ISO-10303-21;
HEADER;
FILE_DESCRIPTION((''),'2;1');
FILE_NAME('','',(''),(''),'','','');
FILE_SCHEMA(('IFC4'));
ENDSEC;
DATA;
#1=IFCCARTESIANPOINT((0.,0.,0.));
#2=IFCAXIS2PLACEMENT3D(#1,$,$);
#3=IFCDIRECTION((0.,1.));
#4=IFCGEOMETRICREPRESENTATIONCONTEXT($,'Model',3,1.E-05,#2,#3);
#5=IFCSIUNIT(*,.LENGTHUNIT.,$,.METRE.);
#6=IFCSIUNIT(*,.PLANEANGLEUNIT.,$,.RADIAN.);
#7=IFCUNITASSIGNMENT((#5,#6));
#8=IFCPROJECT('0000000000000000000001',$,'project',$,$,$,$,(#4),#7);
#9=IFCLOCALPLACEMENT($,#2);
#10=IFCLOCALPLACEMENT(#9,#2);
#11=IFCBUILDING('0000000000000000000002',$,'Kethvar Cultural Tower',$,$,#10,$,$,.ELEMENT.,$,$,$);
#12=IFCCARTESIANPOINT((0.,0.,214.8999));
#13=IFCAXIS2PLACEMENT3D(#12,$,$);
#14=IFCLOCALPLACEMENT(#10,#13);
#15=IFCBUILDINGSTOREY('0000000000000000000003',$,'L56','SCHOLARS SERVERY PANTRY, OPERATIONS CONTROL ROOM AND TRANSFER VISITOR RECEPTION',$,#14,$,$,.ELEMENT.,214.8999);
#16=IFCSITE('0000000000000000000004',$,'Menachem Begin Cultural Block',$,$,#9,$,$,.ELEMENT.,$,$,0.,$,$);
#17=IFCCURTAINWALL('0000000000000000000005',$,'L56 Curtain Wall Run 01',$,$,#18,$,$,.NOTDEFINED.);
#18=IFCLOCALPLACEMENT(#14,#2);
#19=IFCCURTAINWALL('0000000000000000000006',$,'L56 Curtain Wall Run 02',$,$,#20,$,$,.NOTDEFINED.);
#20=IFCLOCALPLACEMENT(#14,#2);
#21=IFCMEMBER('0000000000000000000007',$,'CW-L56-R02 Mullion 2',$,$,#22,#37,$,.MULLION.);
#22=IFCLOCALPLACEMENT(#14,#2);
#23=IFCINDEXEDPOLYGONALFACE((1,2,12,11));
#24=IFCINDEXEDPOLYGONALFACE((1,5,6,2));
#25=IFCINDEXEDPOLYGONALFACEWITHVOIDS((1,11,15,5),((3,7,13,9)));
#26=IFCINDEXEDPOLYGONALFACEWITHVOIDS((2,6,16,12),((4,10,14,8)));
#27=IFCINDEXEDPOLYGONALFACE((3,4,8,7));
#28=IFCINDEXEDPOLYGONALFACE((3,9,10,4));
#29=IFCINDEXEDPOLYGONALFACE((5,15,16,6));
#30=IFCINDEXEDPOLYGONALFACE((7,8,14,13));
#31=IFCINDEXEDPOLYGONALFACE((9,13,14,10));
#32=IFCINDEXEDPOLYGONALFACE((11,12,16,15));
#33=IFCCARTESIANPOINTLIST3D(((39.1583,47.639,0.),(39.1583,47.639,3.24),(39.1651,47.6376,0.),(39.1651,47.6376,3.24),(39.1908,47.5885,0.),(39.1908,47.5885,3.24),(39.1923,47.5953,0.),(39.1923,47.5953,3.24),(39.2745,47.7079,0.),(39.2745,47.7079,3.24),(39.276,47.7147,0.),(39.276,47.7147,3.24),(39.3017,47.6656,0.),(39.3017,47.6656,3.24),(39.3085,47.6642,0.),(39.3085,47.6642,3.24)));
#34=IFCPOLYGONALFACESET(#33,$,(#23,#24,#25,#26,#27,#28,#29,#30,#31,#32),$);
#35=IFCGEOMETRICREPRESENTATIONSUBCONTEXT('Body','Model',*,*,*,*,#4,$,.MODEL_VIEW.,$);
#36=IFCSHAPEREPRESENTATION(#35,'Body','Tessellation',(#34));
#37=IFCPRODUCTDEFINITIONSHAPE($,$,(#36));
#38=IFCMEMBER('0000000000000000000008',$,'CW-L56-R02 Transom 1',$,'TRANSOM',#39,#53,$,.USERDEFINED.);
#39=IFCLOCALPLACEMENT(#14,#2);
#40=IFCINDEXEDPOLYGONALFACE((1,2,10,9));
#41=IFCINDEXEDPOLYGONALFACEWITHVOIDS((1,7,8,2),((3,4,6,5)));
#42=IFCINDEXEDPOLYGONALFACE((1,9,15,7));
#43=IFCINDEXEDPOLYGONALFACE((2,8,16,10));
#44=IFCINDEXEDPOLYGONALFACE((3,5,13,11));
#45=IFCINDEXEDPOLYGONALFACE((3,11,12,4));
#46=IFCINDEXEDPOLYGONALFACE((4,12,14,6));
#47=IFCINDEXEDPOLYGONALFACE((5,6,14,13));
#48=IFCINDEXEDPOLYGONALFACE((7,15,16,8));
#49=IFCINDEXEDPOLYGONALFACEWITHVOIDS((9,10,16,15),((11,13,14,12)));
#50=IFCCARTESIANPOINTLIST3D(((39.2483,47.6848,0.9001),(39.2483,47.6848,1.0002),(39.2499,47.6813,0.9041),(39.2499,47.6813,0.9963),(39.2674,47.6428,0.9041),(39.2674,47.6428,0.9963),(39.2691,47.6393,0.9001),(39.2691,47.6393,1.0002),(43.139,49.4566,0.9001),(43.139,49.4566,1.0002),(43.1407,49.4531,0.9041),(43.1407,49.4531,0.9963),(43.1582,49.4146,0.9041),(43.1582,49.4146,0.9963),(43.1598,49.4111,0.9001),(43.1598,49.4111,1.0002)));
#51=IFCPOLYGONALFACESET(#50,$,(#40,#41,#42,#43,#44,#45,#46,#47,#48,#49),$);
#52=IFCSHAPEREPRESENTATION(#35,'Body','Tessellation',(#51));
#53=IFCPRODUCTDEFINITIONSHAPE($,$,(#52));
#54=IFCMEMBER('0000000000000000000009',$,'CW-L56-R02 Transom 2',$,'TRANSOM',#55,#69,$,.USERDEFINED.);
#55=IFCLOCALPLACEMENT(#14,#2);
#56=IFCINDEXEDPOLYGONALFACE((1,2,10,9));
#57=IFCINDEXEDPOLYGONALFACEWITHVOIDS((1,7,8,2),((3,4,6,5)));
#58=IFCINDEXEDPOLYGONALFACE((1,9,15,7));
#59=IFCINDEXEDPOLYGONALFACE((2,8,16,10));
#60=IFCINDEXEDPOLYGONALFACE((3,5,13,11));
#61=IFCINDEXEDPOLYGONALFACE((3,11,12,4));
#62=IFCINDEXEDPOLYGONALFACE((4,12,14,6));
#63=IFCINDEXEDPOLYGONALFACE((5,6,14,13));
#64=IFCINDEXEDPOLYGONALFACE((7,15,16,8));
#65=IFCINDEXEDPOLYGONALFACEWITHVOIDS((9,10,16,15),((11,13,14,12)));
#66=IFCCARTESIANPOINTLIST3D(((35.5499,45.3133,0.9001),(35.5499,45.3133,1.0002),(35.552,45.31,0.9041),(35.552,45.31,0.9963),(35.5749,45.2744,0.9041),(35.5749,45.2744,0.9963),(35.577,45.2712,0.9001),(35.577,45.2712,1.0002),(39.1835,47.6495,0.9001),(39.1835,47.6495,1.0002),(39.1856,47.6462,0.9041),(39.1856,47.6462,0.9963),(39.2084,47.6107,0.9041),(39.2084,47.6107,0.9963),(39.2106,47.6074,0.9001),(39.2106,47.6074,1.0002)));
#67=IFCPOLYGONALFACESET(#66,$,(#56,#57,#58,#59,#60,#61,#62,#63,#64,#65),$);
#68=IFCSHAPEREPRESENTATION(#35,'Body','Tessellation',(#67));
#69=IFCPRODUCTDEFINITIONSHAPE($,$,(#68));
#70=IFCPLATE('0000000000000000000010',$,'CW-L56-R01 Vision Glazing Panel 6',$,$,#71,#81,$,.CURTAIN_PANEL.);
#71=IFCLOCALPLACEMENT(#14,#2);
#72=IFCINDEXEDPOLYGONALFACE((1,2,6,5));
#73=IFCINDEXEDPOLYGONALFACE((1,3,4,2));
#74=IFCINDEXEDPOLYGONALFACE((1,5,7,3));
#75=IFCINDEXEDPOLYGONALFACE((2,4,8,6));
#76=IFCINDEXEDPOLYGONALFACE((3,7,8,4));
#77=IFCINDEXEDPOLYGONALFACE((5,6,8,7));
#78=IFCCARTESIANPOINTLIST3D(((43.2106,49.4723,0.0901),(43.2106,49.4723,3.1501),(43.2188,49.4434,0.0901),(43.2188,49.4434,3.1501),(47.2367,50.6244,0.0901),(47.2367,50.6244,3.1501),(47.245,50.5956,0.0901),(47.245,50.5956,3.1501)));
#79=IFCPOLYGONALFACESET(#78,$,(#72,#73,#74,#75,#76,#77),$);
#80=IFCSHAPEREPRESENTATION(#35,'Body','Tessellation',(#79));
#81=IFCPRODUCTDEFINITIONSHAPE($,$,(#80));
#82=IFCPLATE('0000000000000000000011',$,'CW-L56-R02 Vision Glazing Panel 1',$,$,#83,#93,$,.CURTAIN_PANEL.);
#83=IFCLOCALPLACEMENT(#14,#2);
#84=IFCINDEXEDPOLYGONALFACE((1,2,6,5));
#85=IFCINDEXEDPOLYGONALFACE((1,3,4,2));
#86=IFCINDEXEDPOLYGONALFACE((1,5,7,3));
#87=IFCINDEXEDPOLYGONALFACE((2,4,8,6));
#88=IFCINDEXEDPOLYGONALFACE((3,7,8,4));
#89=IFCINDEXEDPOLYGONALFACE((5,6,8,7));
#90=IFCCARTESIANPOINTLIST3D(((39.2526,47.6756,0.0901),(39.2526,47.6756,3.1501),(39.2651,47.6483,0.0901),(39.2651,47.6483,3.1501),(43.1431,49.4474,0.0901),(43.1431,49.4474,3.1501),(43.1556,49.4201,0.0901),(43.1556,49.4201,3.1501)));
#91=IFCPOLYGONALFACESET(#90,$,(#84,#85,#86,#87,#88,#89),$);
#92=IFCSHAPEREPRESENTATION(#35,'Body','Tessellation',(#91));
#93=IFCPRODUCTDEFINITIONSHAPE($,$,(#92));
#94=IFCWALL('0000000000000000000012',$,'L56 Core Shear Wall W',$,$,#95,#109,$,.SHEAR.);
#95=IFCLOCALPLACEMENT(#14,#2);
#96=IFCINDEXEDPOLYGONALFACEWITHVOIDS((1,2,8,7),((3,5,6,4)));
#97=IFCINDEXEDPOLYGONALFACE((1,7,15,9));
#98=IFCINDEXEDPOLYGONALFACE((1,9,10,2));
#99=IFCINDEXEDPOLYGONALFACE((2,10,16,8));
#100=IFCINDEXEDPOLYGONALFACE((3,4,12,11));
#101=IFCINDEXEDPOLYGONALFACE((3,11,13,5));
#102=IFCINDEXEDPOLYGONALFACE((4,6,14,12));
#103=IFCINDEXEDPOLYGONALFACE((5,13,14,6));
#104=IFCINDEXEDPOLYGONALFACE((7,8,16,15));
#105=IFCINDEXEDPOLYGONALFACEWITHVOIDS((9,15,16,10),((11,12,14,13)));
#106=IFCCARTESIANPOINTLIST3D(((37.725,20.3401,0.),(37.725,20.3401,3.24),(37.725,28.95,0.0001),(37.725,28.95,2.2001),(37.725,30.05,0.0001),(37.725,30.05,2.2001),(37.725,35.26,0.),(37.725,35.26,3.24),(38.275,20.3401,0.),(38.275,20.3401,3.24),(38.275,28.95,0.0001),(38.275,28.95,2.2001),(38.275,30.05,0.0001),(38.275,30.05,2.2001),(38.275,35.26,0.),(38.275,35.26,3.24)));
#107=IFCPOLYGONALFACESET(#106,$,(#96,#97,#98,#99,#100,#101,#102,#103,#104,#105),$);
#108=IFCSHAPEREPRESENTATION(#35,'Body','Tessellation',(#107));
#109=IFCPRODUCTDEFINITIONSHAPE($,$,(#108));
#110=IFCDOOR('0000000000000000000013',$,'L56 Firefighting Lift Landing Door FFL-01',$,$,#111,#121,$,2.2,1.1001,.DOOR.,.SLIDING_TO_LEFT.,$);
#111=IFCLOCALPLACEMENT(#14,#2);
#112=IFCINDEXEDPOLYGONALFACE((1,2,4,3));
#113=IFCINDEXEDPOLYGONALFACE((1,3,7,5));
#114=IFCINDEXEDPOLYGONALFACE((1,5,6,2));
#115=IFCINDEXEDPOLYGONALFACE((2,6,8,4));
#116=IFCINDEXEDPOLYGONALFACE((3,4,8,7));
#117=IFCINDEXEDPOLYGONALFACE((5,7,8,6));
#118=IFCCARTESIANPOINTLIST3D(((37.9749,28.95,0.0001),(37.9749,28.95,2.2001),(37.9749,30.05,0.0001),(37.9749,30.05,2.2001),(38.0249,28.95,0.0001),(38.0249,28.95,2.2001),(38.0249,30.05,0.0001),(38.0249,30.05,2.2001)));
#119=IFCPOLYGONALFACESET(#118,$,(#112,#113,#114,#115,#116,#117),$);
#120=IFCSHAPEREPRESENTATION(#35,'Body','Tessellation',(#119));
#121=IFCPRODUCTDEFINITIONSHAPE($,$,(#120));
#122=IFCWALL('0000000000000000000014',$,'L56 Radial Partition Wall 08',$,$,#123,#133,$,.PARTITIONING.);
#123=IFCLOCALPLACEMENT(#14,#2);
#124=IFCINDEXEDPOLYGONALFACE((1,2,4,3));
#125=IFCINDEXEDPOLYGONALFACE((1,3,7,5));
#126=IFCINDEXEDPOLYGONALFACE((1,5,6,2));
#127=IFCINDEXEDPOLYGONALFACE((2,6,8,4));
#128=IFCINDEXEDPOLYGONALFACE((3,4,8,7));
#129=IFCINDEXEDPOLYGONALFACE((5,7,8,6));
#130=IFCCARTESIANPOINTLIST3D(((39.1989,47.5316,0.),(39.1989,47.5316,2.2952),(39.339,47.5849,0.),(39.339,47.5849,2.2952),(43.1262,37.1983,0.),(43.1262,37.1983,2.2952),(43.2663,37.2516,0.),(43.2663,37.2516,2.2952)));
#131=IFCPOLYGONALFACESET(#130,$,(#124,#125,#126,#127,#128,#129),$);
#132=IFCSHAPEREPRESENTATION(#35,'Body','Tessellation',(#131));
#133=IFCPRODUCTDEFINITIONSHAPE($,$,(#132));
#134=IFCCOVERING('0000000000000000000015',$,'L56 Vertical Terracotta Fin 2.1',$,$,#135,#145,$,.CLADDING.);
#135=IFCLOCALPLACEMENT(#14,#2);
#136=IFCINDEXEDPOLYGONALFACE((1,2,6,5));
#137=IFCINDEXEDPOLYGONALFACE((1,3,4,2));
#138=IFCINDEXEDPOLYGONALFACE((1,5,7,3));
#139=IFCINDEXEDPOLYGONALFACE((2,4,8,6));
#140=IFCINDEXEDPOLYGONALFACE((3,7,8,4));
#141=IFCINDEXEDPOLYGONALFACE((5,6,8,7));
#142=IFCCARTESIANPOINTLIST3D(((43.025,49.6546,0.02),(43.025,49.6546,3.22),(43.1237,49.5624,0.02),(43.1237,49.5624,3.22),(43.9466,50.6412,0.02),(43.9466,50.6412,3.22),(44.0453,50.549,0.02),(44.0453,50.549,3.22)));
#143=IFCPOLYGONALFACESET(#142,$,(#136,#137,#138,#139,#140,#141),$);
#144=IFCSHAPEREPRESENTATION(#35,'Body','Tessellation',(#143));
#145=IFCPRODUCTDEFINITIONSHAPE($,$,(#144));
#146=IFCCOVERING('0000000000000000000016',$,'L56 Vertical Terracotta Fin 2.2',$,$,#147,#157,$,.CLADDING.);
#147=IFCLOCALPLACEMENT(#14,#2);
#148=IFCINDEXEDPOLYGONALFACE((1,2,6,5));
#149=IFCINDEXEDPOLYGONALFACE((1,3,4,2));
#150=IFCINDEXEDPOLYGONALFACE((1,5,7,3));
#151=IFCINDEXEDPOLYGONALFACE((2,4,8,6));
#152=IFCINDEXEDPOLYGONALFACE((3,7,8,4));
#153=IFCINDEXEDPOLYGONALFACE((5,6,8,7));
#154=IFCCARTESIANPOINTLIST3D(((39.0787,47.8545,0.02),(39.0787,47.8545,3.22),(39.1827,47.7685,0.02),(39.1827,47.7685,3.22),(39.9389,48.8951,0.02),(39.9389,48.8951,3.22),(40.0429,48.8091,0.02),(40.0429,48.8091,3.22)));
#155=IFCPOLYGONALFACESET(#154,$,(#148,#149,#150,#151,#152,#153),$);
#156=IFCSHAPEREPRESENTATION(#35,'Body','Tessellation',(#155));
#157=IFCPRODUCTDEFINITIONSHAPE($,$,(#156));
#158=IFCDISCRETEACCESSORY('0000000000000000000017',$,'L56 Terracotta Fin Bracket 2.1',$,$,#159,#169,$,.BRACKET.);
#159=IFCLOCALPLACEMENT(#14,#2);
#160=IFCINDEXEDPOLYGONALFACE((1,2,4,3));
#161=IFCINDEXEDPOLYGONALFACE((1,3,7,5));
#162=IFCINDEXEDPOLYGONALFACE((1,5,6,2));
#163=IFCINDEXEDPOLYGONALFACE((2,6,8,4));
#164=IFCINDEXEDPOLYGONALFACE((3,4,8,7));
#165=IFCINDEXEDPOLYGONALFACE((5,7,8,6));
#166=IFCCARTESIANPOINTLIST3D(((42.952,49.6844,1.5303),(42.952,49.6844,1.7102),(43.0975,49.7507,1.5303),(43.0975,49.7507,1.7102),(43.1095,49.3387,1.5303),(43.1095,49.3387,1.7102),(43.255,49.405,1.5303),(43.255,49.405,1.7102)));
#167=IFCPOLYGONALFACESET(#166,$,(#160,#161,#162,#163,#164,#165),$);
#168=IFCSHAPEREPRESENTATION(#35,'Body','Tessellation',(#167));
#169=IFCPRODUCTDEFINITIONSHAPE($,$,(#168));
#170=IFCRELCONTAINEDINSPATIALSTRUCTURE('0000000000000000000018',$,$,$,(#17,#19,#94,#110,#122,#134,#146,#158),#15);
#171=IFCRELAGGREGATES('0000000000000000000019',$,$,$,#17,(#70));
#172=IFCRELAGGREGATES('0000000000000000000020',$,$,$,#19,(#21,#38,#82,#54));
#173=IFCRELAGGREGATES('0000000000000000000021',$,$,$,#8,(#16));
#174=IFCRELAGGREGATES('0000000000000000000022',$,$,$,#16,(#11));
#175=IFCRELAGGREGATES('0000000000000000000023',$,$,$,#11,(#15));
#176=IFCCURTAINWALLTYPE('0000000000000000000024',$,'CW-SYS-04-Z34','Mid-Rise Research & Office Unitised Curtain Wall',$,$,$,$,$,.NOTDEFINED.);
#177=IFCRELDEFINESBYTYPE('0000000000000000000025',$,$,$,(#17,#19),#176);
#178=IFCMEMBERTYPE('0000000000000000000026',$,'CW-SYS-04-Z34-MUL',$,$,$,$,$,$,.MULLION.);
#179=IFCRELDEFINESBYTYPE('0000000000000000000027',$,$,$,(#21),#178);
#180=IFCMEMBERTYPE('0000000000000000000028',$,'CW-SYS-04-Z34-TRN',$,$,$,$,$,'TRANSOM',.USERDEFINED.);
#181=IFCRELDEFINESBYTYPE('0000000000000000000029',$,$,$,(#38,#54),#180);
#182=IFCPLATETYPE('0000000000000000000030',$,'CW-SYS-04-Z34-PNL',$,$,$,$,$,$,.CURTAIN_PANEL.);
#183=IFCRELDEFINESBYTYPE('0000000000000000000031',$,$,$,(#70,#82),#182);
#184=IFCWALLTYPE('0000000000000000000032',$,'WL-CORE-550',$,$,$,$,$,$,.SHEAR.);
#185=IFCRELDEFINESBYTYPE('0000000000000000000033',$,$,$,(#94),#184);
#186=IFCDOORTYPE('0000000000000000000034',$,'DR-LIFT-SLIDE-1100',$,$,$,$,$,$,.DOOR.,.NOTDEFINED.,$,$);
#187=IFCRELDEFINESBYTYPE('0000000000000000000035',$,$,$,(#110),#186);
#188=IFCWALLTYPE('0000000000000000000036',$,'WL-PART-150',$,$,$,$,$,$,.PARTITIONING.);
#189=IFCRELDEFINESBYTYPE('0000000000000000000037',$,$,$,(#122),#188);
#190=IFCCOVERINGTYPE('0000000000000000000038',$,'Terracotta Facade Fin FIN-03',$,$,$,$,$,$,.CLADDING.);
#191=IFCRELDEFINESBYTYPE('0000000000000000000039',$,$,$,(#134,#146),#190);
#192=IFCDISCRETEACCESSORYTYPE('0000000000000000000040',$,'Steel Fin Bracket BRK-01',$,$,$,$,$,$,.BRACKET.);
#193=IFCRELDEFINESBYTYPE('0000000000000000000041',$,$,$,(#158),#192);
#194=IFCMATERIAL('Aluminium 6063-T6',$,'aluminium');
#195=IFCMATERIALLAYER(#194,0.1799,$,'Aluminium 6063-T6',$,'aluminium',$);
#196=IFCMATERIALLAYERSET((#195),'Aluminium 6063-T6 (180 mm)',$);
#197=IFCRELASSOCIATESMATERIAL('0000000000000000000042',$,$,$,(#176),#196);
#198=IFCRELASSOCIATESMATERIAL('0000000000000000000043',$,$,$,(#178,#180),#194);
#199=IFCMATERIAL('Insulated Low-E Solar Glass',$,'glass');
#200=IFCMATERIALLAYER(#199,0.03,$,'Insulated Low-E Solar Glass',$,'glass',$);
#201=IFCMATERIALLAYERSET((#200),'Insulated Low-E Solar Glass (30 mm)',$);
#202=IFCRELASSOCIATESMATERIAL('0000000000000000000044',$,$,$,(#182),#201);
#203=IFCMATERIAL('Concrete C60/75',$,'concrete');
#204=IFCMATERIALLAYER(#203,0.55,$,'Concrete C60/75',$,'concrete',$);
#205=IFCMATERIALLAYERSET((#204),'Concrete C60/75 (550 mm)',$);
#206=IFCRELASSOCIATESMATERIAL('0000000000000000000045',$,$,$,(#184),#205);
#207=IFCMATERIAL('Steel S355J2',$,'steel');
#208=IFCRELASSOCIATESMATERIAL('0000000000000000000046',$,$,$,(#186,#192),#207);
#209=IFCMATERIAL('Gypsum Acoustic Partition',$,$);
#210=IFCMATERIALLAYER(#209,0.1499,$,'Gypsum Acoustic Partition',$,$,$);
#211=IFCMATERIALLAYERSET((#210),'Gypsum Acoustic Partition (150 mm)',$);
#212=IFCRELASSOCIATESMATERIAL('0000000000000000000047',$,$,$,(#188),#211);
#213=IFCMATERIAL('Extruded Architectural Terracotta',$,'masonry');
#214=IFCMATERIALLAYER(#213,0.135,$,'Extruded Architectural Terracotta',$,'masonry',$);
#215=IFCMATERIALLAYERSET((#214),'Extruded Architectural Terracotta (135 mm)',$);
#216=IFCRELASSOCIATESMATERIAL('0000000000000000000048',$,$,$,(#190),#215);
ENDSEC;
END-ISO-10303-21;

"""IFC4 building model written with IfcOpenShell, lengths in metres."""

from ifc_helpers import new_model, si_unit, direction, frame, frame_2d, origin, origin_2d, place, context, subcontext, project, spatial, rectangle, hollow_rectangle, extrude, source, transform, mapped, material, layer, layer_set, material_profile, profile_set, type_object, element, fill, aggregate, save


model = new_model("IFC4")

# Units and contexts
model_context = context("Model", 3, precision=1e-05, world=origin(), true_north=direction((0.0, 1.0)))
body_context = subcontext(model_context, "Body", "Model", "MODEL_VIEW")
ifc_project = project(units=[si_unit("LENGTHUNIT", "METRE"), si_unit("PLANEANGLEUNIT", "RADIAN")], contexts=[model_context])

# Site, building, storey
site_placement = place(None, origin())
site = spatial("IfcSite", under=ifc_project, at=site_placement, Name="Menachem Begin Cultural Block", CompositionType="ELEMENT", RefElevation=0.0)
building_placement = place(site_placement, origin())
building = spatial("IfcBuilding", under=site, at=building_placement, Name="Kethvar Cultural Tower", CompositionType="ELEMENT")
storey_placement = place(building_placement, frame((0.0, 0.0, 214.8999)))
storey = spatial("IfcBuildingStorey", under=building, at=storey_placement, Name="L56", Description="SCHOLARS SERVERY PANTRY, OPERATIONS CONTROL ROOM AND TRANSFER VISITOR RECEPTION", CompositionType="ELEMENT", Elevation=214.8999)

# Shared definitions
ifc_material_1 = material(Name="Steel S355J2", Category="steel")

# Curtain wall
ifc_material_2 = material(Name="Aluminium 6063-T6", Category="aluminium")
ifc_layer_1 = layer(ifc_material_2, 0.1799, Name="Aluminium 6063-T6", Category="aluminium")
ifc_layer_set_1 = layer_set([ifc_layer_1], Name="Aluminium 6063-T6 (180 mm)")
curtain_wall_type = type_object("IfcCurtainWallType", Name="CW-SYS-04-Z34", Description="Mid-Rise Research & Office Unitised Curtain Wall", PredefinedType="NOTDEFINED", material=ifc_layer_set_1)
curtain_wall_1_placement = place(storey_placement, origin())
curtain_wall_1 = element("IfcCurtainWall", 1, at=curtain_wall_1_placement, inside=storey, type_object=curtain_wall_type, Name="L56 Curtain Wall Run 01", PredefinedType="NOTDEFINED")
ifc_material_profile_1 = material_profile(ifc_material_2, hollow_rectangle(XDim=0.0601, YDim=0.1399, WallThickness=0.0049, at=origin_2d()), Name="Aluminium 6063-T6 — RHS140x60x5")
ifc_profile_set_1 = profile_set([ifc_material_profile_1], Name="Aluminium 6063-T6 — RHS140x60x5")
member_type_1 = type_object("IfcMemberType", Name="CW-SYS-04-Z34-MUL", PredefinedType="MULLION", material=ifc_profile_set_1)
shared_shape_1 = source(origin(), body_context, "Body", "SweptSolid", [
    extrude(hollow_rectangle(XDim=0.0601, YDim=0.1399, WallThickness=0.0049, at=origin_2d()), origin(), (0.0, 0.0, 1.0), 3.24),
])

# Curtain wall, members
curtain_wall_2_placement = place(storey_placement, origin())
curtain_wall_2 = element("IfcCurtainWall", 2, at=curtain_wall_2_placement, inside=storey, type_object=curtain_wall_type, Name="L56 Curtain Wall Run 02", PredefinedType="NOTDEFINED")
member_1_placement = place(storey_placement, frame((39.2334, 47.6516, 0.0), z_axis=(0.0, 0.0, 1.0), x_axis=(0.540769, -0.841171, 0.0)))
member_1 = element("IfcMember", 3, at=member_1_placement, type_object=member_type_1, Name="CW-L56-R02 Mullion 2", PredefinedType="MULLION", context=body_context, shape_type="MappedRepresentation", body=[
    mapped(shared_shape_1, transform((0.0, 0.0, 0.0), scale=1.0)),
])
ifc_material_profile_2 = material_profile(ifc_material_2, hollow_rectangle(XDim=0.05, YDim=0.1001, WallThickness=0.0039, at=origin_2d()), Name="Aluminium 6063-T6 — RHS100x50x4")
ifc_profile_set_2 = profile_set([ifc_material_profile_2], Name="Aluminium 6063-T6 — RHS100x50x4")
member_type_2 = type_object("IfcMemberType", Name="CW-SYS-04-Z34-TRN", ElementType="TRANSOM", PredefinedType="USERDEFINED", material=ifc_profile_set_2)
shared_shape_2 = source(origin(), body_context, "Body", "SweptSolid", [
    extrude(hollow_rectangle(XDim=0.05, YDim=0.1001, WallThickness=0.0039, at=origin_2d()), origin(), (0.0, 0.0, 1.0), 4.2751),
])
member_2_placement = place(storey_placement, frame((43.1494, 49.4338, 0.9502), z_axis=(-0.910079, -0.414435, 0.0), x_axis=(0.414435, -0.910079, 0.0)))
member_2 = element("IfcMember", 4, at=member_2_placement, type_object=member_type_2, Name="CW-L56-R02 Transom 1", ObjectType="TRANSOM", PredefinedType="USERDEFINED", context=body_context, shape_type="MappedRepresentation", body=[
    mapped(shared_shape_2, transform((0.0, 0.0, 0.0), scale=1.0)),
])
shared_shape_3 = source(origin(), body_context, "Body", "SweptSolid", [
    extrude(hollow_rectangle(XDim=0.05, YDim=0.1001, WallThickness=0.0039, at=origin_2d()), origin(), (0.0, 0.0, 1.0), 4.3198),
])
member_3_placement = place(storey_placement, frame((39.197, 47.6284, 0.9502), z_axis=(-0.841144, -0.540812, 0.0), x_axis=(0.540812, -0.841144, 0.0)))
member_3 = element("IfcMember", 5, at=member_3_placement, type_object=member_type_2, Name="CW-L56-R02 Transom 2", ObjectType="TRANSOM", PredefinedType="USERDEFINED", context=body_context, shape_type="MappedRepresentation", body=[
    mapped(shared_shape_3, transform((0.0, 0.0, 0.0), scale=1.0)),
])

# Plates
ifc_material_3 = material(Name="Insulated Low-E Solar Glass", Category="glass")
ifc_layer_2 = layer(ifc_material_3, 0.03, Name="Insulated Low-E Solar Glass", Category="glass")
ifc_layer_set_2 = layer_set([ifc_layer_2], Name="Insulated Low-E Solar Glass (30 mm)")
plate_type = type_object("IfcPlateType", Name="CW-SYS-04-Z34-PNL", PredefinedType="CURTAIN_PANEL", material=ifc_layer_set_2)
shared_shape_4 = source(origin(), body_context, "Body", "SweptSolid", [
    extrude(rectangle(XDim=4.1877, YDim=0.03, at=origin_2d()), origin(), (0.0, 0.0, 1.0), 3.0601),
])
plate_1_placement = place(storey_placement, frame((45.2278, 50.0339, 0.0901), z_axis=(0.0, 0.0, 1.0), x_axis=(-0.961411, -0.275117, 0.0)))
plate_1 = element("IfcPlate", 6, at=plate_1_placement, type_object=plate_type, Name="CW-L56-R01 Vision Glazing Panel 6", PredefinedType="CURTAIN_PANEL", context=body_context, shape_type="MappedRepresentation", body=[
    mapped(shared_shape_4, transform((0.0, 0.0, 0.0), scale=1.0)),
])
aggregate(curtain_wall_1, [plate_1])
shared_shape_5 = source(origin(), body_context, "Body", "SweptSolid", [
    extrude(rectangle(XDim=4.2749, YDim=0.03, at=origin_2d()), origin(), (0.0, 0.0, 1.0), 3.0601),
])
plate_2_placement = place(storey_placement, frame((41.2041, 48.5479, 0.0901), z_axis=(0.0, 0.0, 1.0), x_axis=(-0.91007, -0.414455, 0.0)))
plate_2 = element("IfcPlate", 7, at=plate_2_placement, type_object=plate_type, Name="CW-L56-R02 Vision Glazing Panel 1", PredefinedType="CURTAIN_PANEL", context=body_context, shape_type="MappedRepresentation", body=[
    mapped(shared_shape_5, transform((0.0, 0.0, 0.0), scale=1.0)),
])
aggregate(curtain_wall_2, [member_1, member_2, plate_2, member_3])

# Wall, opening, door
ifc_material_4 = material(Name="Concrete C60/75", Category="concrete")
ifc_layer_3 = layer(ifc_material_4, 0.55, Name="Concrete C60/75", Category="concrete")
ifc_layer_set_3 = layer_set([ifc_layer_3], Name="Concrete C60/75 (550 mm)")
wall_type_1 = type_object("IfcWallType", Name="WL-CORE-550", PredefinedType="SHEAR", material=ifc_layer_set_3)
wall_1_placement = place(storey_placement, frame((38.0, 35.26, 0.0), z_axis=(0.0, 0.0, 1.0), x_axis=(0.0, -1.0, 0.0)))
wall_1 = element("IfcWall", 8, at=wall_1_placement, inside=storey, type_object=wall_type_1, Name="L56 Core Shear Wall W", PredefinedType="SHEAR", context=body_context, shape_type="SweptSolid", body=[
    extrude(rectangle(XDim=14.9199, YDim=0.55, at=frame_2d((7.46, 0.0))), origin(), (0.0, 0.0, 1.0), 3.24),
])
opening_placement = place(wall_1_placement, frame((5.21, 0.0, 0.0)))
opening = element("IfcOpeningElement", 9, at=opening_placement, cuts=wall_1, PredefinedType="OPENING", context=body_context, shape_type="SweptSolid", body=[
    extrude(rectangle(XDim=1.1001, YDim=2.2, at=frame_2d((0.55, 1.1001))), frame((0.0, 0.2849, 0.0), z_axis=(0.0, -1.0, 0.0), x_axis=(1.0, 0.0, 0.0)), (0.0, 0.0, 1.0), 0.5701),
])
door_type = type_object("IfcDoorType", Name="DR-LIFT-SLIDE-1100", OperationType="NOTDEFINED", PredefinedType="DOOR", material=ifc_material_1)
shared_shape_6 = source(origin(), body_context, "Body", "SweptSolid", [
    extrude(rectangle(XDim=1.1001, YDim=2.2, at=frame_2d((0.55, 1.1001))), frame((0.0, 0.0249, 0.0), z_axis=(0.0, -1.0, 0.0), x_axis=(1.0, 0.0, 0.0)), (0.0, 0.0, 1.0), 0.05),
])
door_placement = place(opening_placement, origin())
door = element("IfcDoor", 10, at=door_placement, inside=storey, type_object=door_type, Name="L56 Firefighting Lift Landing Door FFL-01", OperationType="SLIDING_TO_LEFT", OverallHeight=2.2, OverallWidth=1.1001, PredefinedType="DOOR", context=body_context, shape_type="MappedRepresentation", body=[
    mapped(shared_shape_6, transform((0.0, 0.0, 0.0), scale=1.0)),
])
fill(opening, door)

# Wall
ifc_material_5 = material(Name="Gypsum Acoustic Partition")
ifc_layer_4 = layer(ifc_material_5, 0.1499, Name="Gypsum Acoustic Partition")
ifc_layer_set_4 = layer_set([ifc_layer_4], Name="Gypsum Acoustic Partition (150 mm)")
wall_type_2 = type_object("IfcWallType", Name="WL-PART-150", PredefinedType="PARTITIONING", material=ifc_layer_set_4)
wall_2_placement = place(storey_placement, frame((43.1963, 37.2249, 0.0), z_axis=(0.0, 0.0, 1.0), x_axis=(-0.355266, 0.934765, 0.0)))
element("IfcWall", 11, at=wall_2_placement, inside=storey, type_object=wall_type_2, Name="L56 Radial Partition Wall 08", PredefinedType="PARTITIONING", context=body_context, shape_type="SweptSolid", body=[
    extrude(rectangle(XDim=11.0544, YDim=0.1499, at=frame_2d((5.5273, 0.0))), origin(), (0.0, 0.0, 1.0), 2.2952),
])

# Coverings
ifc_material_6 = material(Name="Extruded Architectural Terracotta", Category="masonry")
ifc_layer_5 = layer(ifc_material_6, 0.135, Name="Extruded Architectural Terracotta", Category="masonry")
ifc_layer_set_5 = layer_set([ifc_layer_5], Name="Extruded Architectural Terracotta (135 mm)")
covering_type = type_object("IfcCoveringType", Name="Terracotta Facade Fin FIN-03", PredefinedType="CLADDING", material=ifc_layer_set_5)
shared_shape_7 = source(origin(), body_context, "Body", "SweptSolid", [
    extrude(rectangle(XDim=1.3501, YDim=0.135, at=origin_2d()), origin(), (0.0, 0.0, 1.0), 3.2),
])
for number, where, z_axis, x_axis, name in (
    (12, (43.5352, 50.1018, 0.02), (0.0, 0.0, 1.0), (0.682636, 0.730758, 0.0), "L56 Vertical Terracotta Fin 2.1"),
    (13, (39.5608, 48.3318, 0.02), (0.0, 0.0, 1.0), (0.637155, 0.770736, 0.0), "L56 Vertical Terracotta Fin 2.2"),
):
    element("IfcCovering", number, at=place(storey_placement, frame(where, z_axis=z_axis, x_axis=x_axis)), inside=storey, type_object=covering_type, Name=name, PredefinedType="CLADDING", context=body_context, shape_type="MappedRepresentation", body=[
        mapped(shared_shape_7, transform((0.0, 0.0, 0.0), scale=1.0)),
    ])

# Discrete accessory
discrete_accessory_type = type_object("IfcDiscreteAccessoryType", Name="Steel Fin Bracket BRK-01", PredefinedType="BRACKET", material=ifc_material_1)
shared_shape_8 = source(origin(), body_context, "Body", "SweptSolid", [
    extrude(rectangle(XDim=0.3799, YDim=0.1599, at=origin_2d()), origin(), (0.0, 0.0, 1.0), 0.1799),
])
for number, where, z_axis, x_axis, name in (
    (14, (43.1035, 49.5447, 1.5303), (0.0, 0.0, 1.0), (-0.414534, 0.910034, 0.0), "L56 Terracotta Fin Bracket 2.1"),
):
    element("IfcDiscreteAccessory", number, at=place(storey_placement, frame(where, z_axis=z_axis, x_axis=x_axis)), inside=storey, type_object=discrete_accessory_type, Name=name, PredefinedType="BRACKET", context=body_context, shape_type="MappedRepresentation", body=[
        mapped(shared_shape_8, transform((0.0, 0.0, 0.0), scale=1.0)),
    ])

save(model, "model.ifc")
